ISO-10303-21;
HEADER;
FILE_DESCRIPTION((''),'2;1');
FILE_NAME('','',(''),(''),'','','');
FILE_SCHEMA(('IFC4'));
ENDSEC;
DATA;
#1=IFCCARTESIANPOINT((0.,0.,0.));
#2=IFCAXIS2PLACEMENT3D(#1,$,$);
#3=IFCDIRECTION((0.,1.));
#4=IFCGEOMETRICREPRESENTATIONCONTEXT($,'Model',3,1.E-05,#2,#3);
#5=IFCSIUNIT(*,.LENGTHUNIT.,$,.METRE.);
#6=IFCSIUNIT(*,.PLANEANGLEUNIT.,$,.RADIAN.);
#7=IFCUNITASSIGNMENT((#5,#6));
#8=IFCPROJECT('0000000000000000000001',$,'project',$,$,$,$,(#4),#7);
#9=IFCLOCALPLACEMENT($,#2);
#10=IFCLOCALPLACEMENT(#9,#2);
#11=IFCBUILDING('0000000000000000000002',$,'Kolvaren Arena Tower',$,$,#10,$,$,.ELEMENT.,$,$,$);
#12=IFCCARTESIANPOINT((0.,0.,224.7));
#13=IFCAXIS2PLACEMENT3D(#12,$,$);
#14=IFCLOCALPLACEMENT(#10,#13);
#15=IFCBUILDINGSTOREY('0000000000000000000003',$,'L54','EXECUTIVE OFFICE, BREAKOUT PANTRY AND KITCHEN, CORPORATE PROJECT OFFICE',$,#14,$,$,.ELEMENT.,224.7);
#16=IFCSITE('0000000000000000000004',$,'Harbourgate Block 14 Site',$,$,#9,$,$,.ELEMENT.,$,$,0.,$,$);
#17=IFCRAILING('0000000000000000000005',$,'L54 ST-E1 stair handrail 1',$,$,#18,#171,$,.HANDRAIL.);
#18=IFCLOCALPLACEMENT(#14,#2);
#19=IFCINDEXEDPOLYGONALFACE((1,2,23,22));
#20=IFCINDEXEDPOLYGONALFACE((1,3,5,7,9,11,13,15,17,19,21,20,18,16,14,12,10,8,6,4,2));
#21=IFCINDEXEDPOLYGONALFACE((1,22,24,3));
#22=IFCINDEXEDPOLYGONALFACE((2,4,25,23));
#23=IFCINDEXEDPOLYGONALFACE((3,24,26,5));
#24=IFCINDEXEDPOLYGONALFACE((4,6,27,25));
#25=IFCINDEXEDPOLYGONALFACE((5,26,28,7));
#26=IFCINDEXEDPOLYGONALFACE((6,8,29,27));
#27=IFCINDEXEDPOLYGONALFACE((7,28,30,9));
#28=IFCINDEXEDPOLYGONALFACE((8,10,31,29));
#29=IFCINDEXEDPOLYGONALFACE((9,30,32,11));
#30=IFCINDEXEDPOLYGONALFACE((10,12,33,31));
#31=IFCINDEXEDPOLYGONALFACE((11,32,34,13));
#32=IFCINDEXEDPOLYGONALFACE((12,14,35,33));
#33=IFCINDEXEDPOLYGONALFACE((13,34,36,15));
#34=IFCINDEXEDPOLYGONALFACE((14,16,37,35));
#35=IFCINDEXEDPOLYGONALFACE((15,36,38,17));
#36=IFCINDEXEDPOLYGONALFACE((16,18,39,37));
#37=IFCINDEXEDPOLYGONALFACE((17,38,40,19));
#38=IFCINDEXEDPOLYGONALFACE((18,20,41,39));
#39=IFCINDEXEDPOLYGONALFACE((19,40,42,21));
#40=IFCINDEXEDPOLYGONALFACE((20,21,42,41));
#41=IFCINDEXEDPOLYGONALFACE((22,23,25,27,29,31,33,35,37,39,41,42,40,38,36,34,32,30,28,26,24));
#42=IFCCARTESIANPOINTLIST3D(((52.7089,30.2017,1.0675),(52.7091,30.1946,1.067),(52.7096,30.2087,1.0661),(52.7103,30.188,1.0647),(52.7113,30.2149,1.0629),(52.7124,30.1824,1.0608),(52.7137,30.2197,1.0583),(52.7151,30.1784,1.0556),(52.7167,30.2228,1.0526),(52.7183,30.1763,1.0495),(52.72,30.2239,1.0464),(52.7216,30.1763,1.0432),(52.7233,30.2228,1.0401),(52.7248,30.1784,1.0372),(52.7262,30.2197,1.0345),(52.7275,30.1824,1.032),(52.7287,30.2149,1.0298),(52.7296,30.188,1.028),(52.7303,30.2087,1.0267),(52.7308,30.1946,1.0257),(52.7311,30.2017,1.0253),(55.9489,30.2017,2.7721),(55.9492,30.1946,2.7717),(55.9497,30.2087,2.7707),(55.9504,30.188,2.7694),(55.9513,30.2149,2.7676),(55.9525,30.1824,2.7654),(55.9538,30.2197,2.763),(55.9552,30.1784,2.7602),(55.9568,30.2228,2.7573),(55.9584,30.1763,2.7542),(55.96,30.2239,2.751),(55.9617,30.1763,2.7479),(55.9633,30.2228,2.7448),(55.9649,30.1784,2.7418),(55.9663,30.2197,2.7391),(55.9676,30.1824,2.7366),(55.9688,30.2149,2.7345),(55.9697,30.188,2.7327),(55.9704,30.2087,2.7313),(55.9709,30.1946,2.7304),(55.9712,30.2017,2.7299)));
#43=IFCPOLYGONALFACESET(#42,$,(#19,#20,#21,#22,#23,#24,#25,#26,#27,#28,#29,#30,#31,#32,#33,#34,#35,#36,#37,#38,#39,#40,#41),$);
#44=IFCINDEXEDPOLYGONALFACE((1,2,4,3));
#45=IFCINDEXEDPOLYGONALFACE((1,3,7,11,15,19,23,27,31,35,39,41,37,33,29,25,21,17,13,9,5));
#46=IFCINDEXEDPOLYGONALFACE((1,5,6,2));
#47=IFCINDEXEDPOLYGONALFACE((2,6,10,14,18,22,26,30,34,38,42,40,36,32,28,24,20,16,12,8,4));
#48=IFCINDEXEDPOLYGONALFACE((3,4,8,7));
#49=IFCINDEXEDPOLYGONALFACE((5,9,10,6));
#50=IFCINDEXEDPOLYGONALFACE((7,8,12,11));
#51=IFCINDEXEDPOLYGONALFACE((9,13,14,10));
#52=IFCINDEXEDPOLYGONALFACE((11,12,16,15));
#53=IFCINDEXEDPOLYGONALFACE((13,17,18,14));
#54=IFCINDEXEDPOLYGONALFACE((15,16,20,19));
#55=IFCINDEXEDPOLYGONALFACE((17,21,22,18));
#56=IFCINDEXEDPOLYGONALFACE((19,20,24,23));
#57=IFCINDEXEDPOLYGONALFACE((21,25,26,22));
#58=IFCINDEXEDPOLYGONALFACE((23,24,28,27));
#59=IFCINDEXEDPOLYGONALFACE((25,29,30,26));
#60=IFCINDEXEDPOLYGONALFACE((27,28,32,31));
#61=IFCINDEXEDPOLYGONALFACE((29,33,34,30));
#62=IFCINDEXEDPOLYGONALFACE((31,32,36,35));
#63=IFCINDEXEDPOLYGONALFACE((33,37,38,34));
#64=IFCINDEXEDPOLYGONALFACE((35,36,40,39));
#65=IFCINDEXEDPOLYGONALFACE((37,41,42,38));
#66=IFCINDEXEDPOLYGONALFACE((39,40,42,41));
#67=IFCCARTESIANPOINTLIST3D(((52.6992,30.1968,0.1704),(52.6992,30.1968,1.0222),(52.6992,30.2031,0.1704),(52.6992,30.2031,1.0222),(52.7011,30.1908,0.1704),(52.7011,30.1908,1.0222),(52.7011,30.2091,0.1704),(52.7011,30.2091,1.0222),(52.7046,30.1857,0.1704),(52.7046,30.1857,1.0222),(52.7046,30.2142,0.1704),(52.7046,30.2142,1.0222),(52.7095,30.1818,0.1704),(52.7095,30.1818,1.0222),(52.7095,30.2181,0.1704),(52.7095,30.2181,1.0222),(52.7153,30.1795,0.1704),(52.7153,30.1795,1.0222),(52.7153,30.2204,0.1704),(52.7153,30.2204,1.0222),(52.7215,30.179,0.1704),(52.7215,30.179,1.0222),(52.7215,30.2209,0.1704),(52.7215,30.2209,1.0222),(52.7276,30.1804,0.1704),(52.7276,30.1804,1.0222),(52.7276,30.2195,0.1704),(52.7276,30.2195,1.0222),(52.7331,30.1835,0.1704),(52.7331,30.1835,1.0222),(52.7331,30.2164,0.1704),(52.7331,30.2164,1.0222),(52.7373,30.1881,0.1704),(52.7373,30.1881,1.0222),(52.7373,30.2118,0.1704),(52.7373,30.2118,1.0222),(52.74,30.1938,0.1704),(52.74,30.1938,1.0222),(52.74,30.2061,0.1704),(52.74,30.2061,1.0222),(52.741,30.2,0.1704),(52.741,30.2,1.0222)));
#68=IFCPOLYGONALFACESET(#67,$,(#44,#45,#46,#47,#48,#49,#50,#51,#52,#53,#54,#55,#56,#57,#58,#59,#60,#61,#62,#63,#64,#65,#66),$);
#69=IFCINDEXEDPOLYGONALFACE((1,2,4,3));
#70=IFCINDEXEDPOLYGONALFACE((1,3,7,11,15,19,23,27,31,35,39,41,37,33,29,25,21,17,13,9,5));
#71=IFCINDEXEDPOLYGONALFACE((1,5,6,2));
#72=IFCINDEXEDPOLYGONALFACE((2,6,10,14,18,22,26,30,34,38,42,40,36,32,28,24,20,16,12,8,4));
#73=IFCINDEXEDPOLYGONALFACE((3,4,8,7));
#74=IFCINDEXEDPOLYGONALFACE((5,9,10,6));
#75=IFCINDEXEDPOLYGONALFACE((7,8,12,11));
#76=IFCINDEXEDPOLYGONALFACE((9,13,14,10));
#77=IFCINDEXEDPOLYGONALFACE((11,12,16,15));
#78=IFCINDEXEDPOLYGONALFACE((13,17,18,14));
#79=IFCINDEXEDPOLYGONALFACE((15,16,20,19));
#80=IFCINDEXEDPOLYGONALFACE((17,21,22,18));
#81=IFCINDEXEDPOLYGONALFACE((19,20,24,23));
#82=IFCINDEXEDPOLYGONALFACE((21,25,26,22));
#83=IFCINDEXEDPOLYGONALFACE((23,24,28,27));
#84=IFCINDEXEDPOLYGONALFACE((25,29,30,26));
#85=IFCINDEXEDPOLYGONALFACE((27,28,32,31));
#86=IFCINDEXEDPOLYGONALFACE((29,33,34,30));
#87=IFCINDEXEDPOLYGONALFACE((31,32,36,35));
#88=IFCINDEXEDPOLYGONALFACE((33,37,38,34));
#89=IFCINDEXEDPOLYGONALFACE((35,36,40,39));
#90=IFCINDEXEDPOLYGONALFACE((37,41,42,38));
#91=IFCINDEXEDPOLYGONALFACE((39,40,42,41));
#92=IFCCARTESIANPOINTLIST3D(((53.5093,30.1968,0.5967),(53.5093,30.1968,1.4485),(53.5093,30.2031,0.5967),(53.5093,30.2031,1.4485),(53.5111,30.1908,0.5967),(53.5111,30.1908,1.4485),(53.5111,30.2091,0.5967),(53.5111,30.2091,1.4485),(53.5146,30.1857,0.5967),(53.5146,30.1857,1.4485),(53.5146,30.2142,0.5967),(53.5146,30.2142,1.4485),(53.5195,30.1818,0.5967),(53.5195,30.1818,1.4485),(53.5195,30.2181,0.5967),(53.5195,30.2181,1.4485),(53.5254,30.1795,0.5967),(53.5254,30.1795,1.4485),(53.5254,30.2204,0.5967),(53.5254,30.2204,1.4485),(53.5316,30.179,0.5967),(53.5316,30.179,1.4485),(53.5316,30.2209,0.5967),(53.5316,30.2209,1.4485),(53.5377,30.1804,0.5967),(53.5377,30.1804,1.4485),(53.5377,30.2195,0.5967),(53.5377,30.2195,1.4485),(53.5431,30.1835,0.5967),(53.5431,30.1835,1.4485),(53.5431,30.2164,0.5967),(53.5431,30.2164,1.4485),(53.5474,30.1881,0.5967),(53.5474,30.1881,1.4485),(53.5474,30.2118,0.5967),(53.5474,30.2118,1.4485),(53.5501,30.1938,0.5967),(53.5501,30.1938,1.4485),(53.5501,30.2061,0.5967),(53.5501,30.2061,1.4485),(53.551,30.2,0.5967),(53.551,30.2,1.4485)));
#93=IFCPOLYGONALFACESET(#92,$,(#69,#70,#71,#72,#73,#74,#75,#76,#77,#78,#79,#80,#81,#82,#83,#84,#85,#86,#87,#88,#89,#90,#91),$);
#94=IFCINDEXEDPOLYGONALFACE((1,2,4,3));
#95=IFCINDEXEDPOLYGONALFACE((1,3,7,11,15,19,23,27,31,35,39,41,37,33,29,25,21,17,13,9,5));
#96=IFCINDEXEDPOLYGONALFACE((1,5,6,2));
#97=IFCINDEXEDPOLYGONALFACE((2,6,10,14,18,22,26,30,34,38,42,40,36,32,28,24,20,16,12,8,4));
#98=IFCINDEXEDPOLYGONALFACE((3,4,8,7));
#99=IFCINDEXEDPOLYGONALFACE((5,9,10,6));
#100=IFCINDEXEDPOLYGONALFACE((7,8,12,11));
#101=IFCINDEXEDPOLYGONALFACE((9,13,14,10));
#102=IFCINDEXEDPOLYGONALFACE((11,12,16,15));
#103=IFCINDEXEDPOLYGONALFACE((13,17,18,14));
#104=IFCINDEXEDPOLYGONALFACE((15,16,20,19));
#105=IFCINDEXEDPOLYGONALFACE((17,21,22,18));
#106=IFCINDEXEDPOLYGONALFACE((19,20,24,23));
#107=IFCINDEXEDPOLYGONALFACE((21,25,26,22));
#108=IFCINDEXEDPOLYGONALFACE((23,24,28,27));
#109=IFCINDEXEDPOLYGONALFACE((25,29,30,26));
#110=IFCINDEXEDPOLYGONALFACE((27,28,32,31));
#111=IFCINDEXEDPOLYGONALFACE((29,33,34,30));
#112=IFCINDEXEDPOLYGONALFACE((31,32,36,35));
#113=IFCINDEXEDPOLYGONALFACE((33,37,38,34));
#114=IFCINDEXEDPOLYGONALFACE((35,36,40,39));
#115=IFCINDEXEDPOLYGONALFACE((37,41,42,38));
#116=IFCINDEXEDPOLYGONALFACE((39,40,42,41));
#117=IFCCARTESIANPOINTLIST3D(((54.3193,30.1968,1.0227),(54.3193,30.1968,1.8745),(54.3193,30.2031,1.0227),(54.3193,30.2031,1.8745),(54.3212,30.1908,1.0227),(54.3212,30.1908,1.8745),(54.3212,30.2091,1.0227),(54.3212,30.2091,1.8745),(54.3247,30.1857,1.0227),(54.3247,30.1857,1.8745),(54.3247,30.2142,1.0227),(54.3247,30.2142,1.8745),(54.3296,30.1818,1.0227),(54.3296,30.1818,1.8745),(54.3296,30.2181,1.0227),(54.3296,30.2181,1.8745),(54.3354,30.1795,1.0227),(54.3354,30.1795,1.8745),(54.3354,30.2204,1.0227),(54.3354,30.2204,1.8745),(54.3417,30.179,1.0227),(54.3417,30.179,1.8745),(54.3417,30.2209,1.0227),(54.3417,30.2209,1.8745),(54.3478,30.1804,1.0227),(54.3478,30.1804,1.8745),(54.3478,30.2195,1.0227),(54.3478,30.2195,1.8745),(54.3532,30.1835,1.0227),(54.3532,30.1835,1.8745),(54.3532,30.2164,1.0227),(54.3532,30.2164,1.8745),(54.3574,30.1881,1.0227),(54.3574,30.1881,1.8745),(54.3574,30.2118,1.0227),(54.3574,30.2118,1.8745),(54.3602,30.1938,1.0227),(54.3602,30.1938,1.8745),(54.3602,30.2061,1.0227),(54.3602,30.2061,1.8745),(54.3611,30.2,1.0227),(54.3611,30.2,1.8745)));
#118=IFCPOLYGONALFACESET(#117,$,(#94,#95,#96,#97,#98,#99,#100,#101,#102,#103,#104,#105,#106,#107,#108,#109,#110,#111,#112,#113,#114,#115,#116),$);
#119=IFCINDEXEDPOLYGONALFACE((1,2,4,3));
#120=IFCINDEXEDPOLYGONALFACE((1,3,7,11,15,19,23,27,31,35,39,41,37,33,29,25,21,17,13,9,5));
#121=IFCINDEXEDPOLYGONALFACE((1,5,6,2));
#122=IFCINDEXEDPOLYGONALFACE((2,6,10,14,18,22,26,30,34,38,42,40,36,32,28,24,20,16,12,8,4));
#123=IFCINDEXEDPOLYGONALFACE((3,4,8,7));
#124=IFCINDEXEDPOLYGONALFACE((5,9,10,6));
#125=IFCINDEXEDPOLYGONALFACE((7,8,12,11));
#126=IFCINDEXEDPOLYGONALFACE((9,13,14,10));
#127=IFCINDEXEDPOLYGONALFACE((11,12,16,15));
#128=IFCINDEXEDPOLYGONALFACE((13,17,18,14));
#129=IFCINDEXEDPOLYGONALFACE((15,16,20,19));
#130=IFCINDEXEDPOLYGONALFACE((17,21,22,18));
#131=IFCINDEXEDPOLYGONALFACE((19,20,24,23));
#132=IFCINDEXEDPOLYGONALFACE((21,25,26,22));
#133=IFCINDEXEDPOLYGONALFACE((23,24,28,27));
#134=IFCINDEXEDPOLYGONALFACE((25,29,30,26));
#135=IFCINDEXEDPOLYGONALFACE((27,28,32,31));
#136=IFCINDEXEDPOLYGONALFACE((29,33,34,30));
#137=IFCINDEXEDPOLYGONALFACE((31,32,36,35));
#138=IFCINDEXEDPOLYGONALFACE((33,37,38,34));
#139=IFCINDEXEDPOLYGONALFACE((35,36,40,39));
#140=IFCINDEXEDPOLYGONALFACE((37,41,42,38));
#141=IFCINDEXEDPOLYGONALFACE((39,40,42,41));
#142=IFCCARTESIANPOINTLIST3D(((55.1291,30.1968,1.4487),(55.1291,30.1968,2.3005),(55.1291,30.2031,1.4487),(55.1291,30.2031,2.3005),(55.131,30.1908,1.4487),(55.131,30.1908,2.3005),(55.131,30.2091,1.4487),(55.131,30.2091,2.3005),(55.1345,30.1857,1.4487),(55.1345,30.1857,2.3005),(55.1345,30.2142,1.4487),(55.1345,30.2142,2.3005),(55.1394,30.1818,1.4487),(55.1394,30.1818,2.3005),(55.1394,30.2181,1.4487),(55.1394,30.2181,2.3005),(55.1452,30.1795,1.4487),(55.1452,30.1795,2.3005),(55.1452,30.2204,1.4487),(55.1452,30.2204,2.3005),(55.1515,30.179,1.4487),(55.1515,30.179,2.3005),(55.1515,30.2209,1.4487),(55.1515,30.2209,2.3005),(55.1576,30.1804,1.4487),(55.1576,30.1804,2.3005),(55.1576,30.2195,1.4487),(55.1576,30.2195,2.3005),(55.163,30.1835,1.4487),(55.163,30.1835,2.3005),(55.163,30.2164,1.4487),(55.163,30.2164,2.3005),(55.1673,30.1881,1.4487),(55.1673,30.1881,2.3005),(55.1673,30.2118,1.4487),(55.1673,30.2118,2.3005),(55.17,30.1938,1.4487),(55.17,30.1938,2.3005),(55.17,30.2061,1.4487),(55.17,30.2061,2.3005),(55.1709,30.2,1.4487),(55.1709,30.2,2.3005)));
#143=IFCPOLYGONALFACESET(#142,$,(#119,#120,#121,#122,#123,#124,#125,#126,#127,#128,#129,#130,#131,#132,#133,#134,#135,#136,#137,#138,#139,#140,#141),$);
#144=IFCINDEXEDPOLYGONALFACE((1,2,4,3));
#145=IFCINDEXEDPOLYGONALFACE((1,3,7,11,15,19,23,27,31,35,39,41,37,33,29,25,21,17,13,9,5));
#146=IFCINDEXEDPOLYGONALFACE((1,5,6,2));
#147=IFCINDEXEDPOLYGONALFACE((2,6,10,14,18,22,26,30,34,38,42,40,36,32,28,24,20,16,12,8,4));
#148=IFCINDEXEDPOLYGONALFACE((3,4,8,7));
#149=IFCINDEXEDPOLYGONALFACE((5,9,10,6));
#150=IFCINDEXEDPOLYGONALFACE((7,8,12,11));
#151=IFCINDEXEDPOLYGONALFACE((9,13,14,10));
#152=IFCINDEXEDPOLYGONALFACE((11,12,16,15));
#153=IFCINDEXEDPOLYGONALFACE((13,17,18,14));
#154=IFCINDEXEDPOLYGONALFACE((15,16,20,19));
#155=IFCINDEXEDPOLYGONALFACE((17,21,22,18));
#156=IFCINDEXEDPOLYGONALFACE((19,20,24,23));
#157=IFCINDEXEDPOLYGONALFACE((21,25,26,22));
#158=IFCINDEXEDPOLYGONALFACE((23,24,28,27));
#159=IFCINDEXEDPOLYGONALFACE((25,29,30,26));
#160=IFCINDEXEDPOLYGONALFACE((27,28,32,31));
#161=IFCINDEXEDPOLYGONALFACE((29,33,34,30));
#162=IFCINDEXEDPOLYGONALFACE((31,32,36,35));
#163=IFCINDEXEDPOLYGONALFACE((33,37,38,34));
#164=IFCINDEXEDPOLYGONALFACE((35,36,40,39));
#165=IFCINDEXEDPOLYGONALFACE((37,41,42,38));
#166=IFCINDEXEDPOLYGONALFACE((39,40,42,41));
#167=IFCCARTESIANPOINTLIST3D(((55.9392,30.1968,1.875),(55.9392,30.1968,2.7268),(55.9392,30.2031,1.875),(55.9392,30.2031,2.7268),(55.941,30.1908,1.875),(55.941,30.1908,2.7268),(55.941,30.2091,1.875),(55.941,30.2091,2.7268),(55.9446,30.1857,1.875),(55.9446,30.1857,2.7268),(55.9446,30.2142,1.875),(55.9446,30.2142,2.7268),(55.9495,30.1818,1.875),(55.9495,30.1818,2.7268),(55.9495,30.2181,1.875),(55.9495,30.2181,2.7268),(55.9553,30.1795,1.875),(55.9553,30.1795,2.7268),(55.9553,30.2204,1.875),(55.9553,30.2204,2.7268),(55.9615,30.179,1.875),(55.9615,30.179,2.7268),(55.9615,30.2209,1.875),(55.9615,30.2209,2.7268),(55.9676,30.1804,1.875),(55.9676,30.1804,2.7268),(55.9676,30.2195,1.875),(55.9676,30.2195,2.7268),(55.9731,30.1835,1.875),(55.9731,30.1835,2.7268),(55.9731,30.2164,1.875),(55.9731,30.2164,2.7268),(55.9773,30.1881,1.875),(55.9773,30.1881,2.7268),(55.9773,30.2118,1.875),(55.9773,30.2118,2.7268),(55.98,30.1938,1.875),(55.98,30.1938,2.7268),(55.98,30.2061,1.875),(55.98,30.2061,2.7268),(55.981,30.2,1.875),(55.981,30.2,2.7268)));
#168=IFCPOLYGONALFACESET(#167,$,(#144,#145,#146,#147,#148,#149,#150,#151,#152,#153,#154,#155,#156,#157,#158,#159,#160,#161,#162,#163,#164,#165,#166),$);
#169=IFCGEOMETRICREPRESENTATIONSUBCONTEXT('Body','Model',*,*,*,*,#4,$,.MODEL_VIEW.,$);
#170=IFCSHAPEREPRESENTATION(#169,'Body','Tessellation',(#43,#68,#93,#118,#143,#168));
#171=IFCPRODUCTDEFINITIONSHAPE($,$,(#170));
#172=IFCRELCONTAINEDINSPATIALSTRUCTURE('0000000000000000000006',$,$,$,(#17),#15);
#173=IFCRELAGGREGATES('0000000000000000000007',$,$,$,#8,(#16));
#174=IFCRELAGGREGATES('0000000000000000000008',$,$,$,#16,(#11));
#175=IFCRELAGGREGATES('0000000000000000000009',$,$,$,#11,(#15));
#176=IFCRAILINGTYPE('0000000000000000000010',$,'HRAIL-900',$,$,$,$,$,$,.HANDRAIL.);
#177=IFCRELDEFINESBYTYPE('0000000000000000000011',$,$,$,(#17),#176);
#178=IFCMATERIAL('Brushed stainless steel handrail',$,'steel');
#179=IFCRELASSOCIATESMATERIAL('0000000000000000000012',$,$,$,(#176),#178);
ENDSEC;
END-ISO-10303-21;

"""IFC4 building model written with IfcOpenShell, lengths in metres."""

from ifc_helpers import new_model, si_unit, direction, frame, origin, origin_2d, place, context, subcontext, project, spatial, circle, extrude, material, type_object, element, save


model = new_model("IFC4")

# Units and contexts
model_context = context("Model", 3, precision=1e-05, world=origin(), true_north=direction((0.0, 1.0)))
body_context = subcontext(model_context, "Body", "Model", "MODEL_VIEW")
ifc_project = project(units=[si_unit("LENGTHUNIT", "METRE"), si_unit("PLANEANGLEUNIT", "RADIAN")], contexts=[model_context])

# Site, building, storey
site_placement = place(None, origin())
site = spatial("IfcSite", under=ifc_project, at=site_placement, Name="Harbourgate Block 14 Site", CompositionType="ELEMENT", RefElevation=0.0)
building_placement = place(site_placement, origin())
building = spatial("IfcBuilding", under=site, at=building_placement, Name="Kolvaren Arena Tower", CompositionType="ELEMENT")
storey_placement = place(building_placement, frame((0.0, 0.0, 224.7)))
storey = spatial("IfcBuildingStorey", under=building, at=storey_placement, Name="L54", Description="EXECUTIVE OFFICE, BREAKOUT PANTRY AND KITCHEN, CORPORATE PROJECT OFFICE", CompositionType="ELEMENT", Elevation=224.7)

# Railing
ifc_material_1 = material(Name="Brushed stainless steel handrail", Category="steel")
railing_type_1 = type_object("IfcRailingType", Name="HRAIL-900", PredefinedType="HANDRAIL", material=ifc_material_1)
for number, where, name in (
    (1, (52.72, 30.2, 0.1704), "L54 ST-E1 stair handrail 1"),
):
    element("IfcRailing", number, at=place(storey_placement, frame(where)), inside=storey, type_object=railing_type_1, Name=name, PredefinedType="HANDRAIL", context=body_context, shape_type="SweptSolid", body=[
        extrude(circle(Radius=0.0239, at=origin_2d()), frame((0.0, 0.0, 0.876), z_axis=(0.884993, 0.0, 0.465604), x_axis=(0.0, 1.0, 0.0)), (0.0, 0.0, 1.0), 3.6611),
        extrude(circle(Radius=0.021, at=origin_2d()), origin(), (0.0, 0.0, 1.0), 0.8518),
        extrude(circle(Radius=0.021, at=origin_2d()), frame((0.8101, 0.0, 0.4263)), (0.0, 0.0, 1.0), 0.8518),
        extrude(circle(Radius=0.021, at=origin_2d()), frame((1.6201, 0.0, 0.8523)), (0.0, 0.0, 1.0), 0.8518),
        extrude(circle(Radius=0.021, at=origin_2d()), frame((2.4299, 0.0, 1.2783)), (0.0, 0.0, 1.0), 0.8518),
        extrude(circle(Radius=0.021, at=origin_2d()), frame((3.24, 0.0, 1.7046)), (0.0, 0.0, 1.0), 0.8518),
    ])

save(model, "model.ifc")
